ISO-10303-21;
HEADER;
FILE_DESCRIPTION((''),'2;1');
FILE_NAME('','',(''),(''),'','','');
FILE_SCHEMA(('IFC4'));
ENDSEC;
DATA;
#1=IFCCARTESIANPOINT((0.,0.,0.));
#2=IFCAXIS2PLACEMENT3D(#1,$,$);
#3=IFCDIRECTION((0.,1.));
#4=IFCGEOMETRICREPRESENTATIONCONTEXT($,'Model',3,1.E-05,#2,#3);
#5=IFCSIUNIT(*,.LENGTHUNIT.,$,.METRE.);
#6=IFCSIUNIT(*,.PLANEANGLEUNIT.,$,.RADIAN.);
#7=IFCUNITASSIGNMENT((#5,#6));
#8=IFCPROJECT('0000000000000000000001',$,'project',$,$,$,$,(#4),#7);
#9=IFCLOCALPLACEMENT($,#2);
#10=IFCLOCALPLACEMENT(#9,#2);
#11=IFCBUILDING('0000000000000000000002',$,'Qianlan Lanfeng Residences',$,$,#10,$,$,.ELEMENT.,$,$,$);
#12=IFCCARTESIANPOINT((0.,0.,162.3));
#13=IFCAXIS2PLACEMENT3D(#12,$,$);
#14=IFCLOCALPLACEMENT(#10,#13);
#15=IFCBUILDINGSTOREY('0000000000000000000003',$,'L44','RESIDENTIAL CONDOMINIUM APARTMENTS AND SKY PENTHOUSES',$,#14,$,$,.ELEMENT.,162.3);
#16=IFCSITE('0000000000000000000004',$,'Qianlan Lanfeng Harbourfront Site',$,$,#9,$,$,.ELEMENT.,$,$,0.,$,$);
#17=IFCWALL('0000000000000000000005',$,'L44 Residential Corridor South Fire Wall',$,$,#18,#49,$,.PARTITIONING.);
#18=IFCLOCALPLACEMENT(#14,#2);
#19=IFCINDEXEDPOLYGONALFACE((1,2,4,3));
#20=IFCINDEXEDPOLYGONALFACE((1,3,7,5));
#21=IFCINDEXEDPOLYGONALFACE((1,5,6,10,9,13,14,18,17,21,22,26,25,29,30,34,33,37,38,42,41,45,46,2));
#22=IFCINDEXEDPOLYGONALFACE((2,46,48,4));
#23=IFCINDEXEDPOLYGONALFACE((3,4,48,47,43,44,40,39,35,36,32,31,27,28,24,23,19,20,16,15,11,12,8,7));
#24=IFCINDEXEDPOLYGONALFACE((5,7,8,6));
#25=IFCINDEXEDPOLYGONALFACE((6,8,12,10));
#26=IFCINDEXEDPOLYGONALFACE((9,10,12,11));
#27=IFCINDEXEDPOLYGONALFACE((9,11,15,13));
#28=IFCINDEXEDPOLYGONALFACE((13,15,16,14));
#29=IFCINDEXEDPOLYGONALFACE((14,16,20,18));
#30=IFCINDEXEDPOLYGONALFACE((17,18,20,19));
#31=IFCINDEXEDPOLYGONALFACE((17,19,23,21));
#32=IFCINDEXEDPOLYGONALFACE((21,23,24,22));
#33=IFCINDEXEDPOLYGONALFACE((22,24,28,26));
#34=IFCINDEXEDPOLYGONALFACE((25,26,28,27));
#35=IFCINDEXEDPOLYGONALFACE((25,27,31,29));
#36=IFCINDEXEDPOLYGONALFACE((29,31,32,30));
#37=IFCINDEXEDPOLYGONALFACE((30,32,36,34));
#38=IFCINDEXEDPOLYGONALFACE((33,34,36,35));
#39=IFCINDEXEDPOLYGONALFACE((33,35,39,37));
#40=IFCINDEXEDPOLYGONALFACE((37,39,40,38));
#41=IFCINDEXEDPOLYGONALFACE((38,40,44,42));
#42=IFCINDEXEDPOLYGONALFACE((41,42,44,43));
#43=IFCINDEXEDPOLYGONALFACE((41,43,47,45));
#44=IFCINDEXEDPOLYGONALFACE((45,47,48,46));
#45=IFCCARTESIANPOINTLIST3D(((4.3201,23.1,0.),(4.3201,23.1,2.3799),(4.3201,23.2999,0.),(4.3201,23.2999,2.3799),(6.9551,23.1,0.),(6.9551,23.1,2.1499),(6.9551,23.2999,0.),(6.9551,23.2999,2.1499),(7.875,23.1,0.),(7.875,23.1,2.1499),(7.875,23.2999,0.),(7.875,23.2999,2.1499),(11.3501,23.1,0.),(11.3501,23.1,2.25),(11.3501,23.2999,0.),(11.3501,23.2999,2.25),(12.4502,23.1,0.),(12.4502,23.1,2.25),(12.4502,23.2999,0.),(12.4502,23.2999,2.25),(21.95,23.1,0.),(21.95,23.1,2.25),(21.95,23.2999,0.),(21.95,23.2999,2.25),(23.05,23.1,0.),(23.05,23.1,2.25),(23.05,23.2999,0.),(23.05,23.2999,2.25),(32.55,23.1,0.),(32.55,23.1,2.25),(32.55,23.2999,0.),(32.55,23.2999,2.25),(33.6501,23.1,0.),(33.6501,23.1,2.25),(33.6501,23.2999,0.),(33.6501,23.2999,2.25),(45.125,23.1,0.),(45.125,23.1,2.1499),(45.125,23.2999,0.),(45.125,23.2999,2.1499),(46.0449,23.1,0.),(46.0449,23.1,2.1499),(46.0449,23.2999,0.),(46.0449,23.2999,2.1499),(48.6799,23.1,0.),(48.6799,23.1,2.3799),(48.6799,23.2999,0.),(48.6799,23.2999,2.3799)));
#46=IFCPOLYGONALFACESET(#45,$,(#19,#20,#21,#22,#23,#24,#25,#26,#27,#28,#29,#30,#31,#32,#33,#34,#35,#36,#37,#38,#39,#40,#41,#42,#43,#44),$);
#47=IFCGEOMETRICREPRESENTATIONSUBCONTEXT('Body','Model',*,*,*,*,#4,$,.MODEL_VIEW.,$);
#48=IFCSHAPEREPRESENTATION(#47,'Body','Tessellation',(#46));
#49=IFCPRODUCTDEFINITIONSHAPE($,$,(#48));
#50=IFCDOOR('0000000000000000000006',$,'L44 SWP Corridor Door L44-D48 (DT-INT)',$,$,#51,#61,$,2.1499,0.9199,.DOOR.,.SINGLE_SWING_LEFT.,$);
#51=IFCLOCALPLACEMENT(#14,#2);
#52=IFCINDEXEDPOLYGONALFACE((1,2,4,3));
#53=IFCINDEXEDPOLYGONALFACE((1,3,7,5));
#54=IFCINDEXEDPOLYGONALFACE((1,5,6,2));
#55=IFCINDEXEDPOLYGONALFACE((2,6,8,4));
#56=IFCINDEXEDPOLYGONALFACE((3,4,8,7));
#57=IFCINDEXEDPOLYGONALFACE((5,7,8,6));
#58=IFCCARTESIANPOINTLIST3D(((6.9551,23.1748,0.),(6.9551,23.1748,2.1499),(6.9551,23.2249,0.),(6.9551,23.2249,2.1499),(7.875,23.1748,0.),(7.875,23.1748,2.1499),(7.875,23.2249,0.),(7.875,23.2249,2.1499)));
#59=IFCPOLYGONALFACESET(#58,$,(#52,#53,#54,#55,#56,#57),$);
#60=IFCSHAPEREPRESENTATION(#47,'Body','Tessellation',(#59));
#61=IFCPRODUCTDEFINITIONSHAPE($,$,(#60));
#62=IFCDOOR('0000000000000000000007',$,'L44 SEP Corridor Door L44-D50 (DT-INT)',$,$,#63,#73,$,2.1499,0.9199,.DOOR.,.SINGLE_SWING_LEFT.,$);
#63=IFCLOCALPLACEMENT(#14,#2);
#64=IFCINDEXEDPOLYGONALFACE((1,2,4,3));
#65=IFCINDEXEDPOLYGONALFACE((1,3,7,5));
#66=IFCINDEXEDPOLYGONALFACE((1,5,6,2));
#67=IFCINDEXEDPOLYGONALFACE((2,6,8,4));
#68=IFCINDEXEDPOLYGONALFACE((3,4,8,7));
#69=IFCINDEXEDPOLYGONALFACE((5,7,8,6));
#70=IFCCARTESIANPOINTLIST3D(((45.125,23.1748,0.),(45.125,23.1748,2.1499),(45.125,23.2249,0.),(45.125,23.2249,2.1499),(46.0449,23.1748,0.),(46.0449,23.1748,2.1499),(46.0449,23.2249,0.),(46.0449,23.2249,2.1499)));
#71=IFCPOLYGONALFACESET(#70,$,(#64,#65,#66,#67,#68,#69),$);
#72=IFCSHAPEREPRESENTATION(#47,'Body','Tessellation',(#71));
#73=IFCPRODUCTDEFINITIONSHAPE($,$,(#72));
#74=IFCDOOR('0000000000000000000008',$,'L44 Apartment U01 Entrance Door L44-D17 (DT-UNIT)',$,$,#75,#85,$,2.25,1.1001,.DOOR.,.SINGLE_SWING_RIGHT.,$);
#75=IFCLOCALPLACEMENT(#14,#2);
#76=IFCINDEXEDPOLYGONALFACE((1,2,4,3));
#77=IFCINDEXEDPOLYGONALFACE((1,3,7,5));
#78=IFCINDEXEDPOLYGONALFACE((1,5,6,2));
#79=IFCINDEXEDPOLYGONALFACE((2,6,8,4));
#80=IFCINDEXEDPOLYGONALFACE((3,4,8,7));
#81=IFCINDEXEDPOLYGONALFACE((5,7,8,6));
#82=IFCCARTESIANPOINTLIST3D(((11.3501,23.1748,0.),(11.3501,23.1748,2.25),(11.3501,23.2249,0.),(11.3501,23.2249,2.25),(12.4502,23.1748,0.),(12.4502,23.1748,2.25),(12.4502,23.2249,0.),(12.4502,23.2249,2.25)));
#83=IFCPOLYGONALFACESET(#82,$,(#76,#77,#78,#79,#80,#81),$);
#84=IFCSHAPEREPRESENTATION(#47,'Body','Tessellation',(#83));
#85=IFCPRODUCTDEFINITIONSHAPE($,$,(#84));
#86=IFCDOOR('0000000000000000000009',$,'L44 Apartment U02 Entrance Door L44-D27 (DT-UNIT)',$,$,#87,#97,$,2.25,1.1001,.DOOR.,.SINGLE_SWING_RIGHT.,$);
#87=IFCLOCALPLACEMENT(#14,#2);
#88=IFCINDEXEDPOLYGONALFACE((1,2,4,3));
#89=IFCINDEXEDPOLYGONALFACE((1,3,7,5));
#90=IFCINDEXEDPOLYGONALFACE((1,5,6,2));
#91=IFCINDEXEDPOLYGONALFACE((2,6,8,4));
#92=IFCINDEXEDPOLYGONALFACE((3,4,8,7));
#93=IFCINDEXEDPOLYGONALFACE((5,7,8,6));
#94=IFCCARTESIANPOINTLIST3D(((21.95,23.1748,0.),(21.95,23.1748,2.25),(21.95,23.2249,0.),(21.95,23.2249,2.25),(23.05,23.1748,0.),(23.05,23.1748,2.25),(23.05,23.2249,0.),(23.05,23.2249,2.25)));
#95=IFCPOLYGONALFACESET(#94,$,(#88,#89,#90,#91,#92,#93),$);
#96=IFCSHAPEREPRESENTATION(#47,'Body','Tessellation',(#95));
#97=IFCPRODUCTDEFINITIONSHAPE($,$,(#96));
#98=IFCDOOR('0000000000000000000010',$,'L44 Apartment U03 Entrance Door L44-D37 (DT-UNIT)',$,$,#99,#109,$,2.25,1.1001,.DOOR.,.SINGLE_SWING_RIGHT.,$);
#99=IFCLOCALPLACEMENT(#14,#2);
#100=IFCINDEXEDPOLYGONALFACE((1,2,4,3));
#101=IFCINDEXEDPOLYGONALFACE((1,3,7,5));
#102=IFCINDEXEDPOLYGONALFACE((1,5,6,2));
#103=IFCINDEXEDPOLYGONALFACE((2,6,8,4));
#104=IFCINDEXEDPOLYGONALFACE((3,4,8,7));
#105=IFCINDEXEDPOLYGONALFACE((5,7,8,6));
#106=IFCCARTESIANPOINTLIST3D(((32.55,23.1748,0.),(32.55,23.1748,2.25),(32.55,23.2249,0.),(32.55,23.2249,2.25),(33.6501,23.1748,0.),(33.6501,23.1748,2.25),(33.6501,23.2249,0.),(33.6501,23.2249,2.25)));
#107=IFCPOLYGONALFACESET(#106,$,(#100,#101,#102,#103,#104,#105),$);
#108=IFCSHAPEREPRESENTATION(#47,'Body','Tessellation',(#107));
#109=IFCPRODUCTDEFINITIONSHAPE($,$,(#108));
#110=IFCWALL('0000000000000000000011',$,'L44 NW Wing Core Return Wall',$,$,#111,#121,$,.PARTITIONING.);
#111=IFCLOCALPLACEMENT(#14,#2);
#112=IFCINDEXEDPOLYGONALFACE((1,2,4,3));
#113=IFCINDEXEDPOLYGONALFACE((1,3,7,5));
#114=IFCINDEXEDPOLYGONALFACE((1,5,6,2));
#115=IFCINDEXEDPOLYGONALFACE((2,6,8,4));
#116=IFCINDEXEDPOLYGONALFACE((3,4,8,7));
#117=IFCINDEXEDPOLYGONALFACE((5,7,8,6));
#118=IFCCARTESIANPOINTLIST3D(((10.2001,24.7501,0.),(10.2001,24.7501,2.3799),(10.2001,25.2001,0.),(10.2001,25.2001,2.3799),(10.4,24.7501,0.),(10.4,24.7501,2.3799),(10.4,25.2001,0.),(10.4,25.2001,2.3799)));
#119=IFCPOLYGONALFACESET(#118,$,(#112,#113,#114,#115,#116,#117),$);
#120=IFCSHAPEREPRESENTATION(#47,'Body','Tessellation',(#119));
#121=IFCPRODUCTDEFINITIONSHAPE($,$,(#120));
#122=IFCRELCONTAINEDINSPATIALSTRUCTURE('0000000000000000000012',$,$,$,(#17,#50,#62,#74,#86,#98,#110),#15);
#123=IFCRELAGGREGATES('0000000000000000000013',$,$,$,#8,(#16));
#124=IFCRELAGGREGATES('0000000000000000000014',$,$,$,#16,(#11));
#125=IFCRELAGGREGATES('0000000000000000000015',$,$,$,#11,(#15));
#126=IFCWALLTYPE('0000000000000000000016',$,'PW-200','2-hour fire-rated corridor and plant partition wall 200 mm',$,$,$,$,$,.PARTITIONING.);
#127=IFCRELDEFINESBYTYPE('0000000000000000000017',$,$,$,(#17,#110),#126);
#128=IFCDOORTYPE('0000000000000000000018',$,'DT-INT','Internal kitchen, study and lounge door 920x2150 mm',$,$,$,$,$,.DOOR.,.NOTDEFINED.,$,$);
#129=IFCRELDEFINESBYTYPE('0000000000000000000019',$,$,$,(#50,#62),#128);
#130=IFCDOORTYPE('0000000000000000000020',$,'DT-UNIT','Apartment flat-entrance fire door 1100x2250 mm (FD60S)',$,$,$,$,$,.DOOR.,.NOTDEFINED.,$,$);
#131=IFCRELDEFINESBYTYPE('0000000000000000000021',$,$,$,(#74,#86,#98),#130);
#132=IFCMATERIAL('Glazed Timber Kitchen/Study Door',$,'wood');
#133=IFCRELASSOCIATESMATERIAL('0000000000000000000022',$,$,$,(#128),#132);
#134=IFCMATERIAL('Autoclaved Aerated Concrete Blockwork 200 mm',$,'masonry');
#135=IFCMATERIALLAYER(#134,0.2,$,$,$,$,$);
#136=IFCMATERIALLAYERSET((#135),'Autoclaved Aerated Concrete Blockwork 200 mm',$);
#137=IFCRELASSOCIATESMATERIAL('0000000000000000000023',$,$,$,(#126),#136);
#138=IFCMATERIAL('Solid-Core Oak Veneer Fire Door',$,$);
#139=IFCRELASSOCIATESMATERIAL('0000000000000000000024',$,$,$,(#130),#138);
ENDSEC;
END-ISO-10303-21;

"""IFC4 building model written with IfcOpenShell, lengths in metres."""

from ifc_helpers import new_model, si_unit, direction, frame, frame_2d, origin, place, context, subcontext, project, spatial, rectangle, extrude, material, layer, layer_set, type_object, element, fill, save


model = new_model("IFC4")

# Units and contexts
model_context = context("Model", 3, precision=1e-05, world=origin(), true_north=direction((0.0, 1.0)))
body_context = subcontext(model_context, "Body", "Model", "MODEL_VIEW")
ifc_project = project(units=[si_unit("LENGTHUNIT", "METRE"), si_unit("PLANEANGLEUNIT", "RADIAN")], contexts=[model_context])

# Site, building, storey
site_placement = place(None, origin())
site = spatial("IfcSite", under=ifc_project, at=site_placement, Name="Qianlan Lanfeng Harbourfront Site", CompositionType="ELEMENT", RefElevation=0.0)
building_placement = place(site_placement, origin())
building = spatial("IfcBuilding", under=site, at=building_placement, Name="Qianlan Lanfeng Residences", CompositionType="ELEMENT")
storey_placement = place(building_placement, frame((0.0, 0.0, 162.3)))
storey = spatial("IfcBuildingStorey", under=building, at=storey_placement, Name="L44", Description="RESIDENTIAL CONDOMINIUM APARTMENTS AND SKY PENTHOUSES", CompositionType="ELEMENT", Elevation=162.3)

# Shared definitions
ifc_material_1 = material(Name="Glazed Timber Kitchen/Study Door", Category="wood")
door_type_1 = type_object("IfcDoorType", Name="DT-INT", Description="Internal kitchen, study and lounge door 920x2150 mm", OperationType="NOTDEFINED", PredefinedType="DOOR", material=ifc_material_1)

# Wall, openings, doors
ifc_material_2 = material(Name="Autoclaved Aerated Concrete Blockwork 200 mm", Category="masonry")
ifc_layer_1 = layer(ifc_material_2, 0.2)
ifc_layer_set_1 = layer_set([ifc_layer_1], Name="Autoclaved Aerated Concrete Blockwork 200 mm")
wall_type_1 = type_object("IfcWallType", Name="PW-200", Description="2-hour fire-rated corridor and plant partition wall 200 mm", PredefinedType="PARTITIONING", material=ifc_layer_set_1)
wall_1_placement = place(storey_placement, frame((4.3201, 23.2, 0.0), z_axis=(0.0, 0.0, 1.0), x_axis=(1.0, 0.0, 0.0)))
wall_1 = element("IfcWall", 1, at=wall_1_placement, inside=storey, type_object=wall_type_1, Name="L44 Residential Corridor South Fire Wall", PredefinedType="PARTITIONING", context=body_context, shape_type="SweptSolid", body=[
    extrude(rectangle(XDim=44.3599, YDim=0.2, at=frame_2d((22.1799, 0.0))), origin(), (0.0, 0.0, 1.0), 2.3799),
])
opening_1_placement = place(wall_1_placement, frame((7.03, 0.0, 0.0)))
opening_1 = element("IfcOpeningElement", 2, at=opening_1_placement, cuts=wall_1, PredefinedType="OPENING", context=body_context, shape_type="SweptSolid", body=[
    extrude(rectangle(XDim=1.1001, YDim=2.25, at=frame_2d((0.55, 1.125))), frame((0.0, 0.1099, 0.0), z_axis=(0.0, -1.0, 0.0), x_axis=(1.0, 0.0, 0.0)), (0.0, 0.0, 1.0), 0.22),
])
opening_2_placement = place(wall_1_placement, frame((17.6299, 0.0, 0.0)))
opening_2 = element("IfcOpeningElement", 3, at=opening_2_placement, cuts=wall_1, PredefinedType="OPENING", context=body_context, shape_type="SweptSolid", body=[
    extrude(rectangle(XDim=1.1001, YDim=2.25, at=frame_2d((0.55, 1.125))), frame((0.0, 0.1099, 0.0), z_axis=(0.0, -1.0, 0.0), x_axis=(1.0, 0.0, 0.0)), (0.0, 0.0, 1.0), 0.22),
])
opening_3_placement = place(wall_1_placement, frame((28.23, 0.0, 0.0)))
opening_3 = element("IfcOpeningElement", 4, at=opening_3_placement, cuts=wall_1, PredefinedType="OPENING", context=body_context, shape_type="SweptSolid", body=[
    extrude(rectangle(XDim=1.1001, YDim=2.25, at=frame_2d((0.55, 1.125))), frame((0.0, 0.1099, 0.0), z_axis=(0.0, -1.0, 0.0), x_axis=(1.0, 0.0, 0.0)), (0.0, 0.0, 1.0), 0.22),
])
opening_4_placement = place(wall_1_placement, frame((2.635, 0.0, 0.0)))
opening_4 = element("IfcOpeningElement", 5, at=opening_4_placement, cuts=wall_1, PredefinedType="OPENING", context=body_context, shape_type="SweptSolid", body=[
    extrude(rectangle(XDim=0.9199, YDim=2.1499, at=frame_2d((0.46, 1.075))), frame((0.0, 0.1099, 0.0), z_axis=(0.0, -1.0, 0.0), x_axis=(1.0, 0.0, 0.0)), (0.0, 0.0, 1.0), 0.22),
])
opening_5_placement = place(wall_1_placement, frame((40.8049, 0.0, 0.0)))
opening_5 = element("IfcOpeningElement", 6, at=opening_5_placement, cuts=wall_1, PredefinedType="OPENING", context=body_context, shape_type="SweptSolid", body=[
    extrude(rectangle(XDim=0.9199, YDim=2.1499, at=frame_2d((0.46, 1.075))), frame((0.0, 0.1099, 0.0), z_axis=(0.0, -1.0, 0.0), x_axis=(1.0, 0.0, 0.0)), (0.0, 0.0, 1.0), 0.22),
])
door_1_placement = place(opening_4_placement, origin())
door_1 = element("IfcDoor", 7, at=door_1_placement, inside=storey, type_object=door_type_1, Name="L44 SWP Corridor Door L44-D48 (DT-INT)", OperationType="SINGLE_SWING_LEFT", OverallHeight=2.1499, OverallWidth=0.9199, PredefinedType="DOOR", context=body_context, shape_type="SweptSolid", body=[
    extrude(rectangle(XDim=0.9199, YDim=2.1499, at=frame_2d((0.46, 1.075))), frame((0.0, 0.0249, 0.0), z_axis=(0.0, -1.0, 0.0), x_axis=(1.0, 0.0, 0.0)), (0.0, 0.0, 1.0), 0.05),
])
fill(opening_4, door_1)
door_2_placement = place(opening_5_placement, origin())
door_2 = element("IfcDoor", 8, at=door_2_placement, inside=storey, type_object=door_type_1, Name="L44 SEP Corridor Door L44-D50 (DT-INT)", OperationType="SINGLE_SWING_LEFT", OverallHeight=2.1499, OverallWidth=0.9199, PredefinedType="DOOR", context=body_context, shape_type="SweptSolid", body=[
    extrude(rectangle(XDim=0.9199, YDim=2.1499, at=frame_2d((0.46, 1.075))), frame((0.0, 0.0249, 0.0), z_axis=(0.0, -1.0, 0.0), x_axis=(1.0, 0.0, 0.0)), (0.0, 0.0, 1.0), 0.05),
])
fill(opening_5, door_2)
ifc_material_3 = material(Name="Solid-Core Oak Veneer Fire Door")
door_type_2 = type_object("IfcDoorType", Name="DT-UNIT", Description="Apartment flat-entrance fire door 1100x2250 mm (FD60S)", OperationType="NOTDEFINED", PredefinedType="DOOR", material=ifc_material_3)
door_3_placement = place(opening_1_placement, origin())
door_3 = element("IfcDoor", 9, at=door_3_placement, inside=storey, type_object=door_type_2, Name="L44 Apartment U01 Entrance Door L44-D17 (DT-UNIT)", OperationType="SINGLE_SWING_RIGHT", OverallHeight=2.25, OverallWidth=1.1001, PredefinedType="DOOR", context=body_context, shape_type="SweptSolid", body=[
    extrude(rectangle(XDim=1.1001, YDim=2.25, at=frame_2d((0.55, 1.125))), frame((0.0, 0.0249, 0.0), z_axis=(0.0, -1.0, 0.0), x_axis=(1.0, 0.0, 0.0)), (0.0, 0.0, 1.0), 0.05),
])
fill(opening_1, door_3)
door_4_placement = place(opening_2_placement, origin())
door_4 = element("IfcDoor", 10, at=door_4_placement, inside=storey, type_object=door_type_2, Name="L44 Apartment U02 Entrance Door L44-D27 (DT-UNIT)", OperationType="SINGLE_SWING_RIGHT", OverallHeight=2.25, OverallWidth=1.1001, PredefinedType="DOOR", context=body_context, shape_type="SweptSolid", body=[
    extrude(rectangle(XDim=1.1001, YDim=2.25, at=frame_2d((0.55, 1.125))), frame((0.0, 0.0249, 0.0), z_axis=(0.0, -1.0, 0.0), x_axis=(1.0, 0.0, 0.0)), (0.0, 0.0, 1.0), 0.05),
])
fill(opening_2, door_4)
door_5_placement = place(opening_3_placement, origin())
door_5 = element("IfcDoor", 11, at=door_5_placement, inside=storey, type_object=door_type_2, Name="L44 Apartment U03 Entrance Door L44-D37 (DT-UNIT)", OperationType="SINGLE_SWING_RIGHT", OverallHeight=2.25, OverallWidth=1.1001, PredefinedType="DOOR", context=body_context, shape_type="SweptSolid", body=[
    extrude(rectangle(XDim=1.1001, YDim=2.25, at=frame_2d((0.55, 1.125))), frame((0.0, 0.0249, 0.0), z_axis=(0.0, -1.0, 0.0), x_axis=(1.0, 0.0, 0.0)), (0.0, 0.0, 1.0), 0.05),
])
fill(opening_3, door_5)

# Wall
wall_2_placement = place(storey_placement, frame((10.3, 24.75, 0.0), z_axis=(0.0, 0.0, 1.0), x_axis=(0.0, 1.0, 0.0)))
element("IfcWall", 12, at=wall_2_placement, inside=storey, type_object=wall_type_1, Name="L44 NW Wing Core Return Wall", PredefinedType="PARTITIONING", context=body_context, shape_type="SweptSolid", body=[
    extrude(rectangle(XDim=0.45, YDim=0.2, at=frame_2d((0.2251, 0.0))), origin(), (0.0, 0.0, 1.0), 2.3799),
])

save(model, "model.ifc")
